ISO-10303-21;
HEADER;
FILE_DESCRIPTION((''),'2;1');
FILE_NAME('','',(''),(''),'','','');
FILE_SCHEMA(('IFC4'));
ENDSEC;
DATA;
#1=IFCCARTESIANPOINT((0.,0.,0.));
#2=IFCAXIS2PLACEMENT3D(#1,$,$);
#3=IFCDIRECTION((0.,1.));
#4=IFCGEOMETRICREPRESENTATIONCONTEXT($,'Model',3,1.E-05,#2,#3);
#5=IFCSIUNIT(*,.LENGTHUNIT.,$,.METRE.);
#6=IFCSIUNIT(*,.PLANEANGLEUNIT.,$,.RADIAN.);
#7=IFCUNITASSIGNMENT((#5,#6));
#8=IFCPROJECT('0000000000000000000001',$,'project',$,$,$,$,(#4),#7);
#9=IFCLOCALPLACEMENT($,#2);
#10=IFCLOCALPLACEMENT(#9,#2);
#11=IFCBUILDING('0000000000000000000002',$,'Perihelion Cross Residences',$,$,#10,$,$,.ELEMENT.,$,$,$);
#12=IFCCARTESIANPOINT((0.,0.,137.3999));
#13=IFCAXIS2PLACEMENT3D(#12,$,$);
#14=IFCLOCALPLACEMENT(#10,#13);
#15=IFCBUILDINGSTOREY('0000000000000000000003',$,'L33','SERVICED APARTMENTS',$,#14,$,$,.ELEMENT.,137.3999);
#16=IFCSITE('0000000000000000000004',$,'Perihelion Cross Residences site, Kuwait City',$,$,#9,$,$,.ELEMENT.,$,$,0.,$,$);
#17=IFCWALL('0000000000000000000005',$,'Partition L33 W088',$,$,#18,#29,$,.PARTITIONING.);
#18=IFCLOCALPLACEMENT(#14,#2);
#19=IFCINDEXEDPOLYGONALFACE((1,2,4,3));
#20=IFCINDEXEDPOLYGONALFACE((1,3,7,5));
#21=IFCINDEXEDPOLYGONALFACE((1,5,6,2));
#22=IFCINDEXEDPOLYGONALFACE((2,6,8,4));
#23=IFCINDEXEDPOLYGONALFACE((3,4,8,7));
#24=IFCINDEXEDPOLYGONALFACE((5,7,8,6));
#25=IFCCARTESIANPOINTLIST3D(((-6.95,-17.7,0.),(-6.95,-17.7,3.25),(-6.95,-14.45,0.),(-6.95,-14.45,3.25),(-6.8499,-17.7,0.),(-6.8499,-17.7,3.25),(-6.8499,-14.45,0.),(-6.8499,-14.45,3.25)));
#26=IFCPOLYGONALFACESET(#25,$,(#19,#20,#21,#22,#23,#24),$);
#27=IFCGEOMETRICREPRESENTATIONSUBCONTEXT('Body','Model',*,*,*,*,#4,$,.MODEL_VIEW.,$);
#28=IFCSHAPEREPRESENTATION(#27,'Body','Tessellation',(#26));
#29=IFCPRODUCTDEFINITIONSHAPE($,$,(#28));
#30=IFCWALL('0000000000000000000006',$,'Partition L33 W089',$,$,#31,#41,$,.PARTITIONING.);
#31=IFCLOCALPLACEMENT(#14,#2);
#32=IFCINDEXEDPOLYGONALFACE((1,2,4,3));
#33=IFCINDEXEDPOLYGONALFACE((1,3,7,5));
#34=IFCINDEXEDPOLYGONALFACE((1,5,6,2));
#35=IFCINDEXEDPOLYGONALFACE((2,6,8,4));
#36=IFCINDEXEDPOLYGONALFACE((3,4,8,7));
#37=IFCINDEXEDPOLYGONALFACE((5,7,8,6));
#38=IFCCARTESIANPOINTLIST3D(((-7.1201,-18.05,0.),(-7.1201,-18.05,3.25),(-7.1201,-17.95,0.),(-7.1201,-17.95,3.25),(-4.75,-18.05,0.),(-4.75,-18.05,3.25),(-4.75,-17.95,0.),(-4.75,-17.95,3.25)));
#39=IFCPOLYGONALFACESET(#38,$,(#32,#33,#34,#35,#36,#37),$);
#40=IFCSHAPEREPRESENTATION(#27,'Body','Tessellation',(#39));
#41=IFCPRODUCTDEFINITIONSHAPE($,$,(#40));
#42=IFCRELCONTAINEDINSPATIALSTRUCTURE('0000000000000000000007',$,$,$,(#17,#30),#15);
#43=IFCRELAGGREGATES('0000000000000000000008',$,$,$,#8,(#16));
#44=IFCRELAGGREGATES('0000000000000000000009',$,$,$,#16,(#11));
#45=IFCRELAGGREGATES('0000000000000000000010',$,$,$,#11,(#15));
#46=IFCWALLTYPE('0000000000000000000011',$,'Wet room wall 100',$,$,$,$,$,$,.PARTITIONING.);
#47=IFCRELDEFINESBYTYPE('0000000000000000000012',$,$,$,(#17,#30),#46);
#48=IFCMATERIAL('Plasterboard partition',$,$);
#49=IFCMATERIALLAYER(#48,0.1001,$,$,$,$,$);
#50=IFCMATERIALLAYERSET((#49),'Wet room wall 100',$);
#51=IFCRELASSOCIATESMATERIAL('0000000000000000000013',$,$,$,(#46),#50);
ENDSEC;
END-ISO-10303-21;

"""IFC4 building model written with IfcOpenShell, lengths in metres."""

from ifc_helpers import new_model, si_unit, direction, frame, frame_2d, origin, place, context, subcontext, project, spatial, rectangle, extrude, material, layer, layer_set, type_object, element, save


model = new_model("IFC4")

# Units and contexts
model_context = context("Model", 3, precision=1e-05, world=origin(), true_north=direction((0.0, 1.0)))
body_context = subcontext(model_context, "Body", "Model", "MODEL_VIEW")
ifc_project = project(units=[si_unit("LENGTHUNIT", "METRE"), si_unit("PLANEANGLEUNIT", "RADIAN")], contexts=[model_context])

# Site, building, storey
site_placement = place(None, origin())
site = spatial("IfcSite", under=ifc_project, at=site_placement, Name="Perihelion Cross Residences site, Kuwait City", CompositionType="ELEMENT", RefElevation=0.0)
building_placement = place(site_placement, origin())
building = spatial("IfcBuilding", under=site, at=building_placement, Name="Perihelion Cross Residences", CompositionType="ELEMENT")
storey_placement = place(building_placement, frame((0.0, 0.0, 137.3999)))
storey = spatial("IfcBuildingStorey", under=building, at=storey_placement, Name="L33", Description="SERVICED APARTMENTS", CompositionType="ELEMENT", Elevation=137.3999)

# Shared definitions
ifc_material_1 = material(Name="Plasterboard partition")
ifc_layer_1 = layer(ifc_material_1, 0.1001)
ifc_layer_set_1 = layer_set([ifc_layer_1], Name="Wet room wall 100")
wall_type_1 = type_object("IfcWallType", Name="Wet room wall 100", PredefinedType="PARTITIONING", material=ifc_layer_set_1)

# Walls
wall_1_placement = place(storey_placement, frame((-6.8999, -14.45, 0.0), z_axis=(0.0, 0.0, 1.0), x_axis=(0.0, -1.0, 0.0)))
element("IfcWall", 1, at=wall_1_placement, inside=storey, type_object=wall_type_1, Name="Partition L33 W088", PredefinedType="PARTITIONING", context=body_context, shape_type="SweptSolid", body=[
    extrude(rectangle(XDim=3.25, YDim=0.1001, at=frame_2d((1.625, 0.0))), origin(), (0.0, 0.0, 1.0), 3.25),
])
wall_2_placement = place(storey_placement, frame((-4.75, -18.0, 0.0), z_axis=(0.0, 0.0, 1.0), x_axis=(-1.0, 0.0, 0.0)))
element("IfcWall", 2, at=wall_2_placement, inside=storey, type_object=wall_type_1, Name="Partition L33 W089", PredefinedType="PARTITIONING", context=body_context, shape_type="SweptSolid", body=[
    extrude(rectangle(XDim=2.3701, YDim=0.1001, at=frame_2d((1.1851, 0.0))), origin(), (0.0, 0.0, 1.0), 3.25),
])

save(model, "model.ifc")
